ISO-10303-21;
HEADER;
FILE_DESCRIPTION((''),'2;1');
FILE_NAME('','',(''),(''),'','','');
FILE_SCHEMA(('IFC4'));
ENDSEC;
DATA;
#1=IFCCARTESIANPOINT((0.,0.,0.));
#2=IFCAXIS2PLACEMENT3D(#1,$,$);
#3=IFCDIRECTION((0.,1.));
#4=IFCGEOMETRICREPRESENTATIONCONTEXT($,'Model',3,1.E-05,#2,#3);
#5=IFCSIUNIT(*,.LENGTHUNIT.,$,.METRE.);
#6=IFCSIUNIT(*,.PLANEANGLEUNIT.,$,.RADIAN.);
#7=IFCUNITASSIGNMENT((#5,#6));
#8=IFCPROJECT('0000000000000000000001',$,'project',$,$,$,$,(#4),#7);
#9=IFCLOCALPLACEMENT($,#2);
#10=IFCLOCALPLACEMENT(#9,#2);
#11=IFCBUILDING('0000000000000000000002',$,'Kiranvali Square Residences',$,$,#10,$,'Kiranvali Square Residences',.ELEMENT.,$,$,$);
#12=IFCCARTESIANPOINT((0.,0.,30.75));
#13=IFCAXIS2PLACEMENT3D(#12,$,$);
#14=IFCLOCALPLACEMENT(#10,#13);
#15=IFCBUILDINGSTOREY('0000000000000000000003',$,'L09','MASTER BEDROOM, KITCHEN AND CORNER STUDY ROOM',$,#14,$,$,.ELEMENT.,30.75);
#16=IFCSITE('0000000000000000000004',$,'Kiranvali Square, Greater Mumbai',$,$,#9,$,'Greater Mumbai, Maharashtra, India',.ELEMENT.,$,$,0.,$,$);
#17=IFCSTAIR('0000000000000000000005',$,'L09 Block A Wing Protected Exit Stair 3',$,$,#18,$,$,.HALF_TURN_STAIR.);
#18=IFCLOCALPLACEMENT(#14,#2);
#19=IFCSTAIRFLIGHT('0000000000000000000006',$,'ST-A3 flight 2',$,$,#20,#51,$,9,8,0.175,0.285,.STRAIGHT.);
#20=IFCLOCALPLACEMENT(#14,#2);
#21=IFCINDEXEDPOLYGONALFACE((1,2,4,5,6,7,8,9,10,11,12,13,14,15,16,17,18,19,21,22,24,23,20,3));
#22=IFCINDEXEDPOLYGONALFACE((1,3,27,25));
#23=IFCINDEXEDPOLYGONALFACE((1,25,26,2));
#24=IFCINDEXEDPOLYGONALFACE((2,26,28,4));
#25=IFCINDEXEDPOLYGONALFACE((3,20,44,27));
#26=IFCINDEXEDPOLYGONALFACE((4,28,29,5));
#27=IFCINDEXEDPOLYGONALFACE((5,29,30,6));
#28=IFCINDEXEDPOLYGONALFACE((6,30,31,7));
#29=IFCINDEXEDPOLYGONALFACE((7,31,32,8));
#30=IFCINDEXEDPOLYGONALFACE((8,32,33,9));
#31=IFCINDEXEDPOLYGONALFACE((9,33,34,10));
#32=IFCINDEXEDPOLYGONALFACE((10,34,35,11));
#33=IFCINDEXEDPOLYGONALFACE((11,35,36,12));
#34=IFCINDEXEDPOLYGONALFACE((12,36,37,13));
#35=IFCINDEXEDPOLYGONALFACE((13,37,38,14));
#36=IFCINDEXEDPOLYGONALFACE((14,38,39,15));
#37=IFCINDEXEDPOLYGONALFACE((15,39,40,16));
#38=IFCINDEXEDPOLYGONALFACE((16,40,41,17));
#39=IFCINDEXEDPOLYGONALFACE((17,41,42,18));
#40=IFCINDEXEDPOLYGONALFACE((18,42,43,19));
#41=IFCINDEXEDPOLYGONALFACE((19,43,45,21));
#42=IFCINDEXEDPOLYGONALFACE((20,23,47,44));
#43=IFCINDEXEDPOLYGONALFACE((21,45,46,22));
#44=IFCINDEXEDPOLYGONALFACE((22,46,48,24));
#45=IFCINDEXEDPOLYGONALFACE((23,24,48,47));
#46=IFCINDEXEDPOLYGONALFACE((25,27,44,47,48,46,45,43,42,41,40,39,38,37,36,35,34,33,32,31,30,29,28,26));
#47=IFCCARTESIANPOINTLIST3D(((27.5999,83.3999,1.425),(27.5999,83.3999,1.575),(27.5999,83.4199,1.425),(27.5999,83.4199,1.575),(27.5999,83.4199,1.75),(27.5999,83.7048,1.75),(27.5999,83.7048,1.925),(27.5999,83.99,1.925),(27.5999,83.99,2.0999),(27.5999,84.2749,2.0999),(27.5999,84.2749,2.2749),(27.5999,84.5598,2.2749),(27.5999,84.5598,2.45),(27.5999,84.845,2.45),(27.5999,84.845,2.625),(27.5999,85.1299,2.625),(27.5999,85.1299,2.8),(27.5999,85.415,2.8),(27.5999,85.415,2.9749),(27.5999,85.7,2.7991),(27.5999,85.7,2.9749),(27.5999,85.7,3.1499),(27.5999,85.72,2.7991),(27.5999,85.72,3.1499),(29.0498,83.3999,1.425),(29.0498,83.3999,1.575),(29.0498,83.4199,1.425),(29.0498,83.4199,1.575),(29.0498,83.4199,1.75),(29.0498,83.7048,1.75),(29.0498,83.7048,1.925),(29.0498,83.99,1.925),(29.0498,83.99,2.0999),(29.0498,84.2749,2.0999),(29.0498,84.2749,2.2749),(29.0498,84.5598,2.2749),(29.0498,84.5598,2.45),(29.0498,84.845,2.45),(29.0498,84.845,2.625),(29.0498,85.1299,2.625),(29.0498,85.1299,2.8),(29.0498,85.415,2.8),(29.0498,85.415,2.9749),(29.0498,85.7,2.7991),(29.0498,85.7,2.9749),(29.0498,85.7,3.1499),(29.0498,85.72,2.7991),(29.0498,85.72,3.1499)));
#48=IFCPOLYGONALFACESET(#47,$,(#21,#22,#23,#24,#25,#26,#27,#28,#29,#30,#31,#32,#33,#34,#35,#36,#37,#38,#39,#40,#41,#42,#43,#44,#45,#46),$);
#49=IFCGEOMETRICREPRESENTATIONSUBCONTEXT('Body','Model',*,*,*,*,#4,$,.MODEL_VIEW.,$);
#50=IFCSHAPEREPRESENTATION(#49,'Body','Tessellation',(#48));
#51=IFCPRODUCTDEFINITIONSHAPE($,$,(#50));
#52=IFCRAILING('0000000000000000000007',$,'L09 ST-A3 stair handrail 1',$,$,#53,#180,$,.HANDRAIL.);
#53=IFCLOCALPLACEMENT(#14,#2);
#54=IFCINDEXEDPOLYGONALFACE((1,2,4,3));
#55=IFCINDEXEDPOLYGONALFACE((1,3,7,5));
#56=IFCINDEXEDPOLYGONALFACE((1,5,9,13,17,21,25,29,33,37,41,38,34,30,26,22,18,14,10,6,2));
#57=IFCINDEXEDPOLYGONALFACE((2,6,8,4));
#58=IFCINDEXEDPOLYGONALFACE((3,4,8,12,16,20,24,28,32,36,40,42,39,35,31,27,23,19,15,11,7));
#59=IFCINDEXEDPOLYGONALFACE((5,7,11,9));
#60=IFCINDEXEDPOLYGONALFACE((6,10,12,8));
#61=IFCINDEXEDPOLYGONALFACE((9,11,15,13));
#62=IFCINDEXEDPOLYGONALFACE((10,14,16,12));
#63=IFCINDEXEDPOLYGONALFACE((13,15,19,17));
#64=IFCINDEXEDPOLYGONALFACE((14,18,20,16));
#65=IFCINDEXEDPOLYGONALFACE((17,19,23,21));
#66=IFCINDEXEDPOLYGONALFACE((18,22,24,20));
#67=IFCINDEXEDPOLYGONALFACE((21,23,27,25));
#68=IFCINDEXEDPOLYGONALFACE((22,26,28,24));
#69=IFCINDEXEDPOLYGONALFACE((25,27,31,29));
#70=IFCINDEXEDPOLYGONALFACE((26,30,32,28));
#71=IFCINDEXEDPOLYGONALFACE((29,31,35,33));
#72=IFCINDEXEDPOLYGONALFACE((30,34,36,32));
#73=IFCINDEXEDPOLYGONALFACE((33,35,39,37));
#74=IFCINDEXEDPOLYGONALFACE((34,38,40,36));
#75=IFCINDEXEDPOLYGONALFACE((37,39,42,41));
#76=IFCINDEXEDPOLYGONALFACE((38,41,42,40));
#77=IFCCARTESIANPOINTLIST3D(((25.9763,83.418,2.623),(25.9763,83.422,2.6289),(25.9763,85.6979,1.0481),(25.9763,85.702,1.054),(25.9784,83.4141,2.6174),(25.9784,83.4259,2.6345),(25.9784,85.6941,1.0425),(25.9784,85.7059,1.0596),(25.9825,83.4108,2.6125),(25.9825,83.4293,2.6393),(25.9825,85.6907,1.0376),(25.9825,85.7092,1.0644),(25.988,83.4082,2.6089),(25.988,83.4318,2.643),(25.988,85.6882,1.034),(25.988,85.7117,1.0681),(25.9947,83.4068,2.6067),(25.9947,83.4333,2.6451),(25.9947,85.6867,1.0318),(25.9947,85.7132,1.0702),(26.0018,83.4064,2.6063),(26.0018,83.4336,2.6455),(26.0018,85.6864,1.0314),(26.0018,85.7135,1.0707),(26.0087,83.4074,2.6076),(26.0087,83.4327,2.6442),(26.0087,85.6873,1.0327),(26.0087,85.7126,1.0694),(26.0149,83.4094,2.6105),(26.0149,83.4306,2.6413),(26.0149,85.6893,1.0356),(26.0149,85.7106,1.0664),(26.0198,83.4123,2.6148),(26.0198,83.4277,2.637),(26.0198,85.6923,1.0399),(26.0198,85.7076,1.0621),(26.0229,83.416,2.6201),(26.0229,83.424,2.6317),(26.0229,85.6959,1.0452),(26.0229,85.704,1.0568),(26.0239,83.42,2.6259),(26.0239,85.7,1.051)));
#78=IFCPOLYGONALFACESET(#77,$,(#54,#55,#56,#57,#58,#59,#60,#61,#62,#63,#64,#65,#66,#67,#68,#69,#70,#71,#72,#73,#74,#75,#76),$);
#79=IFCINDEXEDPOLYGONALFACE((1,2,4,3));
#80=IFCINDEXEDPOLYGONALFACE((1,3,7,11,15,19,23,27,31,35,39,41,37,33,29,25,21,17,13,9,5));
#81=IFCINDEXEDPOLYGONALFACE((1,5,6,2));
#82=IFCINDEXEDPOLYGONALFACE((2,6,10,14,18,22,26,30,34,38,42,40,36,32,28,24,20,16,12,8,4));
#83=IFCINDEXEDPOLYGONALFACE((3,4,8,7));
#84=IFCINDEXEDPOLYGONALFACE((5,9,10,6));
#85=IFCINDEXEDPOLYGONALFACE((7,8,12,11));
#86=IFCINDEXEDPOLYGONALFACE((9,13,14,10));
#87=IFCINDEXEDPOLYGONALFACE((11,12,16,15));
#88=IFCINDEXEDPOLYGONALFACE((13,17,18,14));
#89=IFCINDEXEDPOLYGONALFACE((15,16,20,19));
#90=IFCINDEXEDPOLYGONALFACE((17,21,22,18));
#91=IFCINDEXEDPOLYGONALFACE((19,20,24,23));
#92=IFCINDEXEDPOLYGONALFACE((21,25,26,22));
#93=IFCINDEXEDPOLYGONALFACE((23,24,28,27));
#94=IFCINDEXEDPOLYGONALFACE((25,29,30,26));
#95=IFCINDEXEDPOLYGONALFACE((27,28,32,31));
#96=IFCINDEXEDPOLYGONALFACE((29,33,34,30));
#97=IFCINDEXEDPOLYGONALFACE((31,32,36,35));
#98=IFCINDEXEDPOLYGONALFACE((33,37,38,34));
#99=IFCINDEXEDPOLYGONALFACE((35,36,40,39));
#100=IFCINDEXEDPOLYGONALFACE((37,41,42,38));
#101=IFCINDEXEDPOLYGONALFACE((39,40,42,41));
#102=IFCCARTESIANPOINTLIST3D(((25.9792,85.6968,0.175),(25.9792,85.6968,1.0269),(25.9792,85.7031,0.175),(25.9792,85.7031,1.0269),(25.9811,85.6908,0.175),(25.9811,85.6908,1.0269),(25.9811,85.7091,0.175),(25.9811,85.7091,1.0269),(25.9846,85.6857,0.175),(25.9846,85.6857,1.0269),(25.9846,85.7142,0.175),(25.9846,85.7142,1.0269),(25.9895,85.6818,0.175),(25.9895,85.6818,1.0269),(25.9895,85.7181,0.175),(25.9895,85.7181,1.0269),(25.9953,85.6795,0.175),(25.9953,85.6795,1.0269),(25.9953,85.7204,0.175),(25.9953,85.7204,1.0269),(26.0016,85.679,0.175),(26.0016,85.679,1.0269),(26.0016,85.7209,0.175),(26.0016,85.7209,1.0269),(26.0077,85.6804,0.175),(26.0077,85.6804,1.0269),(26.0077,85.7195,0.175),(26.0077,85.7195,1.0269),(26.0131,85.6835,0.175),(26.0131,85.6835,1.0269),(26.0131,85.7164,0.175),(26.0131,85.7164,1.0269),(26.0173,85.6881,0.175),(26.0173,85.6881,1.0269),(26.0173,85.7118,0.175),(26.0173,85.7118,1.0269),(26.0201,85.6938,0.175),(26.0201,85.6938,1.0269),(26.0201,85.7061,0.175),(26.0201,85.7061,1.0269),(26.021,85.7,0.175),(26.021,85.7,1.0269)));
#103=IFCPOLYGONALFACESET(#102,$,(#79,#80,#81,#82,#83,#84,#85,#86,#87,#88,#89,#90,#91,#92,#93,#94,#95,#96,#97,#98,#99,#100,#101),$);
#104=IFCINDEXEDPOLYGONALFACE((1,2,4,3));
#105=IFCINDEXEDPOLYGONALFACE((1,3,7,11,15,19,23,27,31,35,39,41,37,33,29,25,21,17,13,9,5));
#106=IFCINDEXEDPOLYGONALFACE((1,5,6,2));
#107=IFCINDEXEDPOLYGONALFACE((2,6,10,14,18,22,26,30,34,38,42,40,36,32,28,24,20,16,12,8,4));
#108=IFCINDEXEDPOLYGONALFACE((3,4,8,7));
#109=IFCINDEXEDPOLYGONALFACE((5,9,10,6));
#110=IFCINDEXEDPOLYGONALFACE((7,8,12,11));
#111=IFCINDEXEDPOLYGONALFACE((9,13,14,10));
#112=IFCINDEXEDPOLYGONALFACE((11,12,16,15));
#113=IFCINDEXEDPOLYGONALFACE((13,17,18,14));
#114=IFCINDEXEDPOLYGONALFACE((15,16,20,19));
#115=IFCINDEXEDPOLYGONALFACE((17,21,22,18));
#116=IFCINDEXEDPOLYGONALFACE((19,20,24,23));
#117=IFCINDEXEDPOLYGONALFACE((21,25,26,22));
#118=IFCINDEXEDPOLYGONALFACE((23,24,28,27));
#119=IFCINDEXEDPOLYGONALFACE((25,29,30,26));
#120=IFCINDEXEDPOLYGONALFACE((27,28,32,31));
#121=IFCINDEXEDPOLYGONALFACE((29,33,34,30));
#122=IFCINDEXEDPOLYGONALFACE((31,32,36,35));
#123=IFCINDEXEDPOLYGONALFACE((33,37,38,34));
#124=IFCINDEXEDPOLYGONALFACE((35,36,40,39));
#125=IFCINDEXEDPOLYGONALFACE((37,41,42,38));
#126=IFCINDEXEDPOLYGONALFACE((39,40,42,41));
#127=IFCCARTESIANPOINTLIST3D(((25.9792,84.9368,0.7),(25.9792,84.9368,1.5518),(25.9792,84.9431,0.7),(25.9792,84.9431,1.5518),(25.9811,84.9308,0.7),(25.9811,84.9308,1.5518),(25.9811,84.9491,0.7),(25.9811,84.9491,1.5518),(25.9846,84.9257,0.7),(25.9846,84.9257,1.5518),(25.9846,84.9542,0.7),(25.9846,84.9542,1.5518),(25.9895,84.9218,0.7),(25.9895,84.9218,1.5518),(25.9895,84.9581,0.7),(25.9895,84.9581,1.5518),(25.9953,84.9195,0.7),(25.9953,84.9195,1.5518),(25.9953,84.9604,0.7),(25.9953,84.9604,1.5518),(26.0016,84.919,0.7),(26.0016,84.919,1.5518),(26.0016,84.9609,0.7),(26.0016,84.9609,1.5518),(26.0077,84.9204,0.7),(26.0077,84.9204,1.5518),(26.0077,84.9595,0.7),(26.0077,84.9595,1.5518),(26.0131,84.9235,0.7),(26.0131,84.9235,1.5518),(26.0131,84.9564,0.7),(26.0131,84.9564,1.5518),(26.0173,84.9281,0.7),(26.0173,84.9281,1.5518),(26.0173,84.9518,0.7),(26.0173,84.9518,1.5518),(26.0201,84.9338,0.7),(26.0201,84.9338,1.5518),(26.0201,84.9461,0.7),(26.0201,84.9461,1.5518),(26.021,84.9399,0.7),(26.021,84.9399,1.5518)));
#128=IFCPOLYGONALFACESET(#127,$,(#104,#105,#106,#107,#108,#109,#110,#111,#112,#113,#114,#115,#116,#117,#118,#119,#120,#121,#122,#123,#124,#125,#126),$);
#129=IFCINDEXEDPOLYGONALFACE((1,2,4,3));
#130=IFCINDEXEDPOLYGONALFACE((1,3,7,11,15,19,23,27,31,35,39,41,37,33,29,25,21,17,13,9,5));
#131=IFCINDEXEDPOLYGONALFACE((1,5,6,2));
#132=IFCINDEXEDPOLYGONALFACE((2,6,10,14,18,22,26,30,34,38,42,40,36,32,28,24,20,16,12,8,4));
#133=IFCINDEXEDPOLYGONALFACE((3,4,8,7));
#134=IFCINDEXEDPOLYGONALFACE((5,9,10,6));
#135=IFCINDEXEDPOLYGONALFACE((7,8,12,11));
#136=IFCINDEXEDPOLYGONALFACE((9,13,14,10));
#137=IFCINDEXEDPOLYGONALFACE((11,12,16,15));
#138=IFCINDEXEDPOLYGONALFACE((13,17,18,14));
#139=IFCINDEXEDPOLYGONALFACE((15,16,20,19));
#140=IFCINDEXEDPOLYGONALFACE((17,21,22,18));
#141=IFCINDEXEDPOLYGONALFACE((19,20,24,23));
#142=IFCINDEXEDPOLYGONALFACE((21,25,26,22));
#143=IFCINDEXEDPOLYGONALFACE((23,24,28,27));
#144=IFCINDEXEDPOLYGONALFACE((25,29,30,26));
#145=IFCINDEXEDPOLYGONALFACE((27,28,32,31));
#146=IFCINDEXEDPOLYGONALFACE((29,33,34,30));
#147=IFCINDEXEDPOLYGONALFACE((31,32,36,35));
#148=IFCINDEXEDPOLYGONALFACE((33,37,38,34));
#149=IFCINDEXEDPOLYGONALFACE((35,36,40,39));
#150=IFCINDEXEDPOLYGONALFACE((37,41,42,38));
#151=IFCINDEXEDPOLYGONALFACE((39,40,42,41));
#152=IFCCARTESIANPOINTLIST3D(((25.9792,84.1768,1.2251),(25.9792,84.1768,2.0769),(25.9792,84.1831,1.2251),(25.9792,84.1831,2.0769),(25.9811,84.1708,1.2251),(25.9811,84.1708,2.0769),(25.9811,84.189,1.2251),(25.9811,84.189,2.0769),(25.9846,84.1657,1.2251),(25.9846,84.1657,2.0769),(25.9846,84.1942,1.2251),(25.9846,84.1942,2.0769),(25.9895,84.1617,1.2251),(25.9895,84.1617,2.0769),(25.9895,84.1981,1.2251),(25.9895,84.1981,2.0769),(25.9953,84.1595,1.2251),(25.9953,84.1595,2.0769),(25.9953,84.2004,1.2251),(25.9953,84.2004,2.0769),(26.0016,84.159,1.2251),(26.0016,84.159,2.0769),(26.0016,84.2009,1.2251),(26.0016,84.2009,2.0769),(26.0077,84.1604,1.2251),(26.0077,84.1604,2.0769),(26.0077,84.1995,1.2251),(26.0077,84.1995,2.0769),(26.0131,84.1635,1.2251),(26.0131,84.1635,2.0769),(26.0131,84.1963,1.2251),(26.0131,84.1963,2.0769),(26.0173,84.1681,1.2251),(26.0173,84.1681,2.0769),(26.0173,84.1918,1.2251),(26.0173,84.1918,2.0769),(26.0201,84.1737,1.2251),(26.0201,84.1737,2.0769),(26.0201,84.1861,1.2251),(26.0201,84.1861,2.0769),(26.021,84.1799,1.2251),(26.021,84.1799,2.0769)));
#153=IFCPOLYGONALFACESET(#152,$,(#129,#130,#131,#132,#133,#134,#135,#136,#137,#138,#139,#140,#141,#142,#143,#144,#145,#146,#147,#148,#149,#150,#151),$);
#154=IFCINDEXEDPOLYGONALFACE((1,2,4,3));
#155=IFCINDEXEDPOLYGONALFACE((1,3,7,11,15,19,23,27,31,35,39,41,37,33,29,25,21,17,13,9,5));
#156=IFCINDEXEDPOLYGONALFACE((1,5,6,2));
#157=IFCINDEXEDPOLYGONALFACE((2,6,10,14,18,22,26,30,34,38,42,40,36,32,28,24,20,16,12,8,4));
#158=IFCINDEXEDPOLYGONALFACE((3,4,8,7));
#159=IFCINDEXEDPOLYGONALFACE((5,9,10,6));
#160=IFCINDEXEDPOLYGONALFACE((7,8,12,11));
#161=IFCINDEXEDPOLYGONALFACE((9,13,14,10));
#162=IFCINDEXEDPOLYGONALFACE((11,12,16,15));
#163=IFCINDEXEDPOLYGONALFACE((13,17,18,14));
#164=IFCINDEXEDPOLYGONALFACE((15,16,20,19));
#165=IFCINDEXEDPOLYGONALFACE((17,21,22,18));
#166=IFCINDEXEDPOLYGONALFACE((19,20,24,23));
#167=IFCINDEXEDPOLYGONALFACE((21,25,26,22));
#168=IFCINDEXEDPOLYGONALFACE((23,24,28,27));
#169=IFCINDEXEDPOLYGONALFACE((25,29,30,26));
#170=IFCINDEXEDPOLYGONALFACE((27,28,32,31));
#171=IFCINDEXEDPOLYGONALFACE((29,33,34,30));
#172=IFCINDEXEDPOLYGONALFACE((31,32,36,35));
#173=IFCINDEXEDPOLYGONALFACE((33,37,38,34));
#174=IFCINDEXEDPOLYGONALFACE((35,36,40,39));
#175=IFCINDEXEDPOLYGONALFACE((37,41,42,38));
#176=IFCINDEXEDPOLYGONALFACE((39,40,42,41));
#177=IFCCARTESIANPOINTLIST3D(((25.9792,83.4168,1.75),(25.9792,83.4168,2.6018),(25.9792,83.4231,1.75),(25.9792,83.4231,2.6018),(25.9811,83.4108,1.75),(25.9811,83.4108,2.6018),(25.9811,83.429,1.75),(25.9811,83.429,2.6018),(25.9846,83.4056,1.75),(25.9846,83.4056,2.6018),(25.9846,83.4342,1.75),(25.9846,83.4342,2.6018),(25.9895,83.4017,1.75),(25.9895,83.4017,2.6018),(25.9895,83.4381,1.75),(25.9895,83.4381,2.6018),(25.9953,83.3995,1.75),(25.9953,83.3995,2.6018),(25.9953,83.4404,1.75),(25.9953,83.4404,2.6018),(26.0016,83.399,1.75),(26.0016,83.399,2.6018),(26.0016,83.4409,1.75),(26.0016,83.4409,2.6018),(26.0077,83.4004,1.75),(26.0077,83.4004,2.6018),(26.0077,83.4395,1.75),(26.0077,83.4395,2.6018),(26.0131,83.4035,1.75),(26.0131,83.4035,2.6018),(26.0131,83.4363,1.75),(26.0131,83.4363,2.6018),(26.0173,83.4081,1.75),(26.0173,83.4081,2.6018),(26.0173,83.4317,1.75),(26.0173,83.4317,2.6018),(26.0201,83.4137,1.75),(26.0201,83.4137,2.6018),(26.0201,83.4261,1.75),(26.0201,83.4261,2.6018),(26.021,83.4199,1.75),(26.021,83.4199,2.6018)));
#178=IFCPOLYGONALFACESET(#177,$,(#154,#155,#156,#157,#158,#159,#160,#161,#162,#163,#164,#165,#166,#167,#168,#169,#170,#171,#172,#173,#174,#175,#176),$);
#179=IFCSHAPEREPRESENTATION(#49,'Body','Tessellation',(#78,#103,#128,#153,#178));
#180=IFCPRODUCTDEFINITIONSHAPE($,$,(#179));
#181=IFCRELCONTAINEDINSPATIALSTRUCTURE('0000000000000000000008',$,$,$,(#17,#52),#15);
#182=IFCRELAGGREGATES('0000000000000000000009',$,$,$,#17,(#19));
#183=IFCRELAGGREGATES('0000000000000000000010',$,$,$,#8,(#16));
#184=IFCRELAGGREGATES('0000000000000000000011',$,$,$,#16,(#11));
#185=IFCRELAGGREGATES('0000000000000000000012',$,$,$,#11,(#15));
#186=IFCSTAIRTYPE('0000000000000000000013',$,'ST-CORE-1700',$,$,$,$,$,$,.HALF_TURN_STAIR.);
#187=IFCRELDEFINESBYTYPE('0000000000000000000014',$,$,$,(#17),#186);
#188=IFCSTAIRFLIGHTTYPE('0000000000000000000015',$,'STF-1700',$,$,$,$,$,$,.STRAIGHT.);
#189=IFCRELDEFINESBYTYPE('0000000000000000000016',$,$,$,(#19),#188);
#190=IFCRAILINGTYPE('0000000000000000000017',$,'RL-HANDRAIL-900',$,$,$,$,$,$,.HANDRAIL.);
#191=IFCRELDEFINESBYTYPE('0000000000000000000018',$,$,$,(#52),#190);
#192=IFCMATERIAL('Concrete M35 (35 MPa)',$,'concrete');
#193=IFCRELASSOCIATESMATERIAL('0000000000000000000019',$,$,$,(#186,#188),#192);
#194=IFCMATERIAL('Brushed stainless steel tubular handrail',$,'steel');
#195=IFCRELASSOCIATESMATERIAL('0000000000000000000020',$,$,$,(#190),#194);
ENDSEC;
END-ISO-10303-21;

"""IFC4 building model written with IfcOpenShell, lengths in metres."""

from ifc_helpers import new_model, si_unit, direction, frame, origin, origin_2d, place, context, subcontext, project, spatial, polyline, circle, outline, extrude, material, type_object, element, aggregate, save


model = new_model("IFC4")

# Units and contexts
model_context = context("Model", 3, precision=1e-05, world=origin(), true_north=direction((0.0, 1.0)))
body_context = subcontext(model_context, "Body", "Model", "MODEL_VIEW")
ifc_project = project(units=[si_unit("LENGTHUNIT", "METRE"), si_unit("PLANEANGLEUNIT", "RADIAN")], contexts=[model_context])

# Site, building, storey
site_placement = place(None, origin())
site = spatial("IfcSite", under=ifc_project, at=site_placement, Name="Kiranvali Square, Greater Mumbai", LongName="Greater Mumbai, Maharashtra, India", CompositionType="ELEMENT", RefElevation=0.0)
building_placement = place(site_placement, origin())
building = spatial("IfcBuilding", under=site, at=building_placement, Name="Kiranvali Square Residences", LongName="Kiranvali Square Residences", CompositionType="ELEMENT")
storey_placement = place(building_placement, frame((0.0, 0.0, 30.75)))
storey = spatial("IfcBuildingStorey", under=building, at=storey_placement, Name="L09", Description="MASTER BEDROOM, KITCHEN AND CORNER STUDY ROOM", CompositionType="ELEMENT", Elevation=30.75)

# Stair, stair flight
ifc_material_1 = material(Name="Concrete M35 (35 MPa)", Category="concrete")
stair_type = type_object("IfcStairType", Name="ST-CORE-1700", PredefinedType="HALF_TURN_STAIR", material=ifc_material_1)
stair_placement = place(storey_placement, origin())
stair = element("IfcStair", 1, at=stair_placement, inside=storey, type_object=stair_type, Name="L09 Block A Wing Protected Exit Stair 3", PredefinedType="HALF_TURN_STAIR")
stair_flight_type = type_object("IfcStairFlightType", Name="STF-1700", PredefinedType="STRAIGHT", material=ifc_material_1)
stair_flight_1_placement = place(storey_placement, frame((28.325, 83.4199, 1.575), z_axis=(0.0, 0.0, 1.0), x_axis=(0.0, 1.0, 0.0)))
stair_flight_1 = element("IfcStairFlight", 2, at=stair_flight_1_placement, type_object=stair_flight_type, Name="ST-A3 flight 2", NumberOfRisers=9, NumberOfTreads=8, PredefinedType="STRAIGHT", RiserHeight=0.175, TreadLength=0.285, context=body_context, shape_type="SweptSolid", body=[
    extrude(outline(polyline([(-0.02, -0.1499), (-0.02, 0.0), (0.0, 0.0), (0.0, 0.175), (0.2849, 0.175), (0.2849, 0.3501), (0.5701, 0.3501), (0.5701, 0.5249), (0.855, 0.5249), (0.855, 0.7), (1.1399, 0.7), (1.1399, 0.875), (1.425, 0.875), (1.425, 1.05), (1.71, 1.05), (1.71, 1.2251), (1.9951, 1.2251), (1.9951, 1.3999), (2.28, 1.3999), (2.28, 1.575), (2.3, 1.575), (2.3, 1.2241), (2.28, 1.2241), (0.0, -0.1499), (-0.02, -0.1499)])), frame((0.0, 0.7251, 0.0), z_axis=(0.0, -1.0, 0.0), x_axis=(1.0, 0.0, 0.0)), (0.0, 0.0, 1.0), 1.45),
])
aggregate(stair, [stair_flight_1])

# Railing
ifc_material_2 = material(Name="Brushed stainless steel tubular handrail", Category="steel")
railing_type_1 = type_object("IfcRailingType", Name="RL-HANDRAIL-900", PredefinedType="HANDRAIL", material=ifc_material_2)
railing_1_placement = place(storey_placement, frame((26.0, 85.7, 0.175)))
element("IfcRailing", 3, at=railing_1_placement, inside=storey, type_object=railing_type_1, Name="L09 ST-A3 stair handrail 1", PredefinedType="HANDRAIL", context=body_context, shape_type="SweptSolid", body=[
    extrude(circle(Radius=0.0239, at=origin_2d()), frame((0.0, 0.0, 0.876), z_axis=(0.0, -0.822788, 0.568348), x_axis=(1.0, 0.0, 0.0)), (0.0, 0.0, 1.0), 2.771),
    extrude(circle(Radius=0.021, at=origin_2d()), origin(), (0.0, 0.0, 1.0), 0.8518),
    extrude(circle(Radius=0.021, at=origin_2d()), frame((0.0, -0.76, 0.5249)), (0.0, 0.0, 1.0), 0.8518),
    extrude(circle(Radius=0.021, at=origin_2d()), frame((0.0, -1.52, 1.05)), (0.0, 0.0, 1.0), 0.8518),
    extrude(circle(Radius=0.021, at=origin_2d()), frame((0.0, -2.28, 1.575)), (0.0, 0.0, 1.0), 0.8518),
])

save(model, "model.ifc")
